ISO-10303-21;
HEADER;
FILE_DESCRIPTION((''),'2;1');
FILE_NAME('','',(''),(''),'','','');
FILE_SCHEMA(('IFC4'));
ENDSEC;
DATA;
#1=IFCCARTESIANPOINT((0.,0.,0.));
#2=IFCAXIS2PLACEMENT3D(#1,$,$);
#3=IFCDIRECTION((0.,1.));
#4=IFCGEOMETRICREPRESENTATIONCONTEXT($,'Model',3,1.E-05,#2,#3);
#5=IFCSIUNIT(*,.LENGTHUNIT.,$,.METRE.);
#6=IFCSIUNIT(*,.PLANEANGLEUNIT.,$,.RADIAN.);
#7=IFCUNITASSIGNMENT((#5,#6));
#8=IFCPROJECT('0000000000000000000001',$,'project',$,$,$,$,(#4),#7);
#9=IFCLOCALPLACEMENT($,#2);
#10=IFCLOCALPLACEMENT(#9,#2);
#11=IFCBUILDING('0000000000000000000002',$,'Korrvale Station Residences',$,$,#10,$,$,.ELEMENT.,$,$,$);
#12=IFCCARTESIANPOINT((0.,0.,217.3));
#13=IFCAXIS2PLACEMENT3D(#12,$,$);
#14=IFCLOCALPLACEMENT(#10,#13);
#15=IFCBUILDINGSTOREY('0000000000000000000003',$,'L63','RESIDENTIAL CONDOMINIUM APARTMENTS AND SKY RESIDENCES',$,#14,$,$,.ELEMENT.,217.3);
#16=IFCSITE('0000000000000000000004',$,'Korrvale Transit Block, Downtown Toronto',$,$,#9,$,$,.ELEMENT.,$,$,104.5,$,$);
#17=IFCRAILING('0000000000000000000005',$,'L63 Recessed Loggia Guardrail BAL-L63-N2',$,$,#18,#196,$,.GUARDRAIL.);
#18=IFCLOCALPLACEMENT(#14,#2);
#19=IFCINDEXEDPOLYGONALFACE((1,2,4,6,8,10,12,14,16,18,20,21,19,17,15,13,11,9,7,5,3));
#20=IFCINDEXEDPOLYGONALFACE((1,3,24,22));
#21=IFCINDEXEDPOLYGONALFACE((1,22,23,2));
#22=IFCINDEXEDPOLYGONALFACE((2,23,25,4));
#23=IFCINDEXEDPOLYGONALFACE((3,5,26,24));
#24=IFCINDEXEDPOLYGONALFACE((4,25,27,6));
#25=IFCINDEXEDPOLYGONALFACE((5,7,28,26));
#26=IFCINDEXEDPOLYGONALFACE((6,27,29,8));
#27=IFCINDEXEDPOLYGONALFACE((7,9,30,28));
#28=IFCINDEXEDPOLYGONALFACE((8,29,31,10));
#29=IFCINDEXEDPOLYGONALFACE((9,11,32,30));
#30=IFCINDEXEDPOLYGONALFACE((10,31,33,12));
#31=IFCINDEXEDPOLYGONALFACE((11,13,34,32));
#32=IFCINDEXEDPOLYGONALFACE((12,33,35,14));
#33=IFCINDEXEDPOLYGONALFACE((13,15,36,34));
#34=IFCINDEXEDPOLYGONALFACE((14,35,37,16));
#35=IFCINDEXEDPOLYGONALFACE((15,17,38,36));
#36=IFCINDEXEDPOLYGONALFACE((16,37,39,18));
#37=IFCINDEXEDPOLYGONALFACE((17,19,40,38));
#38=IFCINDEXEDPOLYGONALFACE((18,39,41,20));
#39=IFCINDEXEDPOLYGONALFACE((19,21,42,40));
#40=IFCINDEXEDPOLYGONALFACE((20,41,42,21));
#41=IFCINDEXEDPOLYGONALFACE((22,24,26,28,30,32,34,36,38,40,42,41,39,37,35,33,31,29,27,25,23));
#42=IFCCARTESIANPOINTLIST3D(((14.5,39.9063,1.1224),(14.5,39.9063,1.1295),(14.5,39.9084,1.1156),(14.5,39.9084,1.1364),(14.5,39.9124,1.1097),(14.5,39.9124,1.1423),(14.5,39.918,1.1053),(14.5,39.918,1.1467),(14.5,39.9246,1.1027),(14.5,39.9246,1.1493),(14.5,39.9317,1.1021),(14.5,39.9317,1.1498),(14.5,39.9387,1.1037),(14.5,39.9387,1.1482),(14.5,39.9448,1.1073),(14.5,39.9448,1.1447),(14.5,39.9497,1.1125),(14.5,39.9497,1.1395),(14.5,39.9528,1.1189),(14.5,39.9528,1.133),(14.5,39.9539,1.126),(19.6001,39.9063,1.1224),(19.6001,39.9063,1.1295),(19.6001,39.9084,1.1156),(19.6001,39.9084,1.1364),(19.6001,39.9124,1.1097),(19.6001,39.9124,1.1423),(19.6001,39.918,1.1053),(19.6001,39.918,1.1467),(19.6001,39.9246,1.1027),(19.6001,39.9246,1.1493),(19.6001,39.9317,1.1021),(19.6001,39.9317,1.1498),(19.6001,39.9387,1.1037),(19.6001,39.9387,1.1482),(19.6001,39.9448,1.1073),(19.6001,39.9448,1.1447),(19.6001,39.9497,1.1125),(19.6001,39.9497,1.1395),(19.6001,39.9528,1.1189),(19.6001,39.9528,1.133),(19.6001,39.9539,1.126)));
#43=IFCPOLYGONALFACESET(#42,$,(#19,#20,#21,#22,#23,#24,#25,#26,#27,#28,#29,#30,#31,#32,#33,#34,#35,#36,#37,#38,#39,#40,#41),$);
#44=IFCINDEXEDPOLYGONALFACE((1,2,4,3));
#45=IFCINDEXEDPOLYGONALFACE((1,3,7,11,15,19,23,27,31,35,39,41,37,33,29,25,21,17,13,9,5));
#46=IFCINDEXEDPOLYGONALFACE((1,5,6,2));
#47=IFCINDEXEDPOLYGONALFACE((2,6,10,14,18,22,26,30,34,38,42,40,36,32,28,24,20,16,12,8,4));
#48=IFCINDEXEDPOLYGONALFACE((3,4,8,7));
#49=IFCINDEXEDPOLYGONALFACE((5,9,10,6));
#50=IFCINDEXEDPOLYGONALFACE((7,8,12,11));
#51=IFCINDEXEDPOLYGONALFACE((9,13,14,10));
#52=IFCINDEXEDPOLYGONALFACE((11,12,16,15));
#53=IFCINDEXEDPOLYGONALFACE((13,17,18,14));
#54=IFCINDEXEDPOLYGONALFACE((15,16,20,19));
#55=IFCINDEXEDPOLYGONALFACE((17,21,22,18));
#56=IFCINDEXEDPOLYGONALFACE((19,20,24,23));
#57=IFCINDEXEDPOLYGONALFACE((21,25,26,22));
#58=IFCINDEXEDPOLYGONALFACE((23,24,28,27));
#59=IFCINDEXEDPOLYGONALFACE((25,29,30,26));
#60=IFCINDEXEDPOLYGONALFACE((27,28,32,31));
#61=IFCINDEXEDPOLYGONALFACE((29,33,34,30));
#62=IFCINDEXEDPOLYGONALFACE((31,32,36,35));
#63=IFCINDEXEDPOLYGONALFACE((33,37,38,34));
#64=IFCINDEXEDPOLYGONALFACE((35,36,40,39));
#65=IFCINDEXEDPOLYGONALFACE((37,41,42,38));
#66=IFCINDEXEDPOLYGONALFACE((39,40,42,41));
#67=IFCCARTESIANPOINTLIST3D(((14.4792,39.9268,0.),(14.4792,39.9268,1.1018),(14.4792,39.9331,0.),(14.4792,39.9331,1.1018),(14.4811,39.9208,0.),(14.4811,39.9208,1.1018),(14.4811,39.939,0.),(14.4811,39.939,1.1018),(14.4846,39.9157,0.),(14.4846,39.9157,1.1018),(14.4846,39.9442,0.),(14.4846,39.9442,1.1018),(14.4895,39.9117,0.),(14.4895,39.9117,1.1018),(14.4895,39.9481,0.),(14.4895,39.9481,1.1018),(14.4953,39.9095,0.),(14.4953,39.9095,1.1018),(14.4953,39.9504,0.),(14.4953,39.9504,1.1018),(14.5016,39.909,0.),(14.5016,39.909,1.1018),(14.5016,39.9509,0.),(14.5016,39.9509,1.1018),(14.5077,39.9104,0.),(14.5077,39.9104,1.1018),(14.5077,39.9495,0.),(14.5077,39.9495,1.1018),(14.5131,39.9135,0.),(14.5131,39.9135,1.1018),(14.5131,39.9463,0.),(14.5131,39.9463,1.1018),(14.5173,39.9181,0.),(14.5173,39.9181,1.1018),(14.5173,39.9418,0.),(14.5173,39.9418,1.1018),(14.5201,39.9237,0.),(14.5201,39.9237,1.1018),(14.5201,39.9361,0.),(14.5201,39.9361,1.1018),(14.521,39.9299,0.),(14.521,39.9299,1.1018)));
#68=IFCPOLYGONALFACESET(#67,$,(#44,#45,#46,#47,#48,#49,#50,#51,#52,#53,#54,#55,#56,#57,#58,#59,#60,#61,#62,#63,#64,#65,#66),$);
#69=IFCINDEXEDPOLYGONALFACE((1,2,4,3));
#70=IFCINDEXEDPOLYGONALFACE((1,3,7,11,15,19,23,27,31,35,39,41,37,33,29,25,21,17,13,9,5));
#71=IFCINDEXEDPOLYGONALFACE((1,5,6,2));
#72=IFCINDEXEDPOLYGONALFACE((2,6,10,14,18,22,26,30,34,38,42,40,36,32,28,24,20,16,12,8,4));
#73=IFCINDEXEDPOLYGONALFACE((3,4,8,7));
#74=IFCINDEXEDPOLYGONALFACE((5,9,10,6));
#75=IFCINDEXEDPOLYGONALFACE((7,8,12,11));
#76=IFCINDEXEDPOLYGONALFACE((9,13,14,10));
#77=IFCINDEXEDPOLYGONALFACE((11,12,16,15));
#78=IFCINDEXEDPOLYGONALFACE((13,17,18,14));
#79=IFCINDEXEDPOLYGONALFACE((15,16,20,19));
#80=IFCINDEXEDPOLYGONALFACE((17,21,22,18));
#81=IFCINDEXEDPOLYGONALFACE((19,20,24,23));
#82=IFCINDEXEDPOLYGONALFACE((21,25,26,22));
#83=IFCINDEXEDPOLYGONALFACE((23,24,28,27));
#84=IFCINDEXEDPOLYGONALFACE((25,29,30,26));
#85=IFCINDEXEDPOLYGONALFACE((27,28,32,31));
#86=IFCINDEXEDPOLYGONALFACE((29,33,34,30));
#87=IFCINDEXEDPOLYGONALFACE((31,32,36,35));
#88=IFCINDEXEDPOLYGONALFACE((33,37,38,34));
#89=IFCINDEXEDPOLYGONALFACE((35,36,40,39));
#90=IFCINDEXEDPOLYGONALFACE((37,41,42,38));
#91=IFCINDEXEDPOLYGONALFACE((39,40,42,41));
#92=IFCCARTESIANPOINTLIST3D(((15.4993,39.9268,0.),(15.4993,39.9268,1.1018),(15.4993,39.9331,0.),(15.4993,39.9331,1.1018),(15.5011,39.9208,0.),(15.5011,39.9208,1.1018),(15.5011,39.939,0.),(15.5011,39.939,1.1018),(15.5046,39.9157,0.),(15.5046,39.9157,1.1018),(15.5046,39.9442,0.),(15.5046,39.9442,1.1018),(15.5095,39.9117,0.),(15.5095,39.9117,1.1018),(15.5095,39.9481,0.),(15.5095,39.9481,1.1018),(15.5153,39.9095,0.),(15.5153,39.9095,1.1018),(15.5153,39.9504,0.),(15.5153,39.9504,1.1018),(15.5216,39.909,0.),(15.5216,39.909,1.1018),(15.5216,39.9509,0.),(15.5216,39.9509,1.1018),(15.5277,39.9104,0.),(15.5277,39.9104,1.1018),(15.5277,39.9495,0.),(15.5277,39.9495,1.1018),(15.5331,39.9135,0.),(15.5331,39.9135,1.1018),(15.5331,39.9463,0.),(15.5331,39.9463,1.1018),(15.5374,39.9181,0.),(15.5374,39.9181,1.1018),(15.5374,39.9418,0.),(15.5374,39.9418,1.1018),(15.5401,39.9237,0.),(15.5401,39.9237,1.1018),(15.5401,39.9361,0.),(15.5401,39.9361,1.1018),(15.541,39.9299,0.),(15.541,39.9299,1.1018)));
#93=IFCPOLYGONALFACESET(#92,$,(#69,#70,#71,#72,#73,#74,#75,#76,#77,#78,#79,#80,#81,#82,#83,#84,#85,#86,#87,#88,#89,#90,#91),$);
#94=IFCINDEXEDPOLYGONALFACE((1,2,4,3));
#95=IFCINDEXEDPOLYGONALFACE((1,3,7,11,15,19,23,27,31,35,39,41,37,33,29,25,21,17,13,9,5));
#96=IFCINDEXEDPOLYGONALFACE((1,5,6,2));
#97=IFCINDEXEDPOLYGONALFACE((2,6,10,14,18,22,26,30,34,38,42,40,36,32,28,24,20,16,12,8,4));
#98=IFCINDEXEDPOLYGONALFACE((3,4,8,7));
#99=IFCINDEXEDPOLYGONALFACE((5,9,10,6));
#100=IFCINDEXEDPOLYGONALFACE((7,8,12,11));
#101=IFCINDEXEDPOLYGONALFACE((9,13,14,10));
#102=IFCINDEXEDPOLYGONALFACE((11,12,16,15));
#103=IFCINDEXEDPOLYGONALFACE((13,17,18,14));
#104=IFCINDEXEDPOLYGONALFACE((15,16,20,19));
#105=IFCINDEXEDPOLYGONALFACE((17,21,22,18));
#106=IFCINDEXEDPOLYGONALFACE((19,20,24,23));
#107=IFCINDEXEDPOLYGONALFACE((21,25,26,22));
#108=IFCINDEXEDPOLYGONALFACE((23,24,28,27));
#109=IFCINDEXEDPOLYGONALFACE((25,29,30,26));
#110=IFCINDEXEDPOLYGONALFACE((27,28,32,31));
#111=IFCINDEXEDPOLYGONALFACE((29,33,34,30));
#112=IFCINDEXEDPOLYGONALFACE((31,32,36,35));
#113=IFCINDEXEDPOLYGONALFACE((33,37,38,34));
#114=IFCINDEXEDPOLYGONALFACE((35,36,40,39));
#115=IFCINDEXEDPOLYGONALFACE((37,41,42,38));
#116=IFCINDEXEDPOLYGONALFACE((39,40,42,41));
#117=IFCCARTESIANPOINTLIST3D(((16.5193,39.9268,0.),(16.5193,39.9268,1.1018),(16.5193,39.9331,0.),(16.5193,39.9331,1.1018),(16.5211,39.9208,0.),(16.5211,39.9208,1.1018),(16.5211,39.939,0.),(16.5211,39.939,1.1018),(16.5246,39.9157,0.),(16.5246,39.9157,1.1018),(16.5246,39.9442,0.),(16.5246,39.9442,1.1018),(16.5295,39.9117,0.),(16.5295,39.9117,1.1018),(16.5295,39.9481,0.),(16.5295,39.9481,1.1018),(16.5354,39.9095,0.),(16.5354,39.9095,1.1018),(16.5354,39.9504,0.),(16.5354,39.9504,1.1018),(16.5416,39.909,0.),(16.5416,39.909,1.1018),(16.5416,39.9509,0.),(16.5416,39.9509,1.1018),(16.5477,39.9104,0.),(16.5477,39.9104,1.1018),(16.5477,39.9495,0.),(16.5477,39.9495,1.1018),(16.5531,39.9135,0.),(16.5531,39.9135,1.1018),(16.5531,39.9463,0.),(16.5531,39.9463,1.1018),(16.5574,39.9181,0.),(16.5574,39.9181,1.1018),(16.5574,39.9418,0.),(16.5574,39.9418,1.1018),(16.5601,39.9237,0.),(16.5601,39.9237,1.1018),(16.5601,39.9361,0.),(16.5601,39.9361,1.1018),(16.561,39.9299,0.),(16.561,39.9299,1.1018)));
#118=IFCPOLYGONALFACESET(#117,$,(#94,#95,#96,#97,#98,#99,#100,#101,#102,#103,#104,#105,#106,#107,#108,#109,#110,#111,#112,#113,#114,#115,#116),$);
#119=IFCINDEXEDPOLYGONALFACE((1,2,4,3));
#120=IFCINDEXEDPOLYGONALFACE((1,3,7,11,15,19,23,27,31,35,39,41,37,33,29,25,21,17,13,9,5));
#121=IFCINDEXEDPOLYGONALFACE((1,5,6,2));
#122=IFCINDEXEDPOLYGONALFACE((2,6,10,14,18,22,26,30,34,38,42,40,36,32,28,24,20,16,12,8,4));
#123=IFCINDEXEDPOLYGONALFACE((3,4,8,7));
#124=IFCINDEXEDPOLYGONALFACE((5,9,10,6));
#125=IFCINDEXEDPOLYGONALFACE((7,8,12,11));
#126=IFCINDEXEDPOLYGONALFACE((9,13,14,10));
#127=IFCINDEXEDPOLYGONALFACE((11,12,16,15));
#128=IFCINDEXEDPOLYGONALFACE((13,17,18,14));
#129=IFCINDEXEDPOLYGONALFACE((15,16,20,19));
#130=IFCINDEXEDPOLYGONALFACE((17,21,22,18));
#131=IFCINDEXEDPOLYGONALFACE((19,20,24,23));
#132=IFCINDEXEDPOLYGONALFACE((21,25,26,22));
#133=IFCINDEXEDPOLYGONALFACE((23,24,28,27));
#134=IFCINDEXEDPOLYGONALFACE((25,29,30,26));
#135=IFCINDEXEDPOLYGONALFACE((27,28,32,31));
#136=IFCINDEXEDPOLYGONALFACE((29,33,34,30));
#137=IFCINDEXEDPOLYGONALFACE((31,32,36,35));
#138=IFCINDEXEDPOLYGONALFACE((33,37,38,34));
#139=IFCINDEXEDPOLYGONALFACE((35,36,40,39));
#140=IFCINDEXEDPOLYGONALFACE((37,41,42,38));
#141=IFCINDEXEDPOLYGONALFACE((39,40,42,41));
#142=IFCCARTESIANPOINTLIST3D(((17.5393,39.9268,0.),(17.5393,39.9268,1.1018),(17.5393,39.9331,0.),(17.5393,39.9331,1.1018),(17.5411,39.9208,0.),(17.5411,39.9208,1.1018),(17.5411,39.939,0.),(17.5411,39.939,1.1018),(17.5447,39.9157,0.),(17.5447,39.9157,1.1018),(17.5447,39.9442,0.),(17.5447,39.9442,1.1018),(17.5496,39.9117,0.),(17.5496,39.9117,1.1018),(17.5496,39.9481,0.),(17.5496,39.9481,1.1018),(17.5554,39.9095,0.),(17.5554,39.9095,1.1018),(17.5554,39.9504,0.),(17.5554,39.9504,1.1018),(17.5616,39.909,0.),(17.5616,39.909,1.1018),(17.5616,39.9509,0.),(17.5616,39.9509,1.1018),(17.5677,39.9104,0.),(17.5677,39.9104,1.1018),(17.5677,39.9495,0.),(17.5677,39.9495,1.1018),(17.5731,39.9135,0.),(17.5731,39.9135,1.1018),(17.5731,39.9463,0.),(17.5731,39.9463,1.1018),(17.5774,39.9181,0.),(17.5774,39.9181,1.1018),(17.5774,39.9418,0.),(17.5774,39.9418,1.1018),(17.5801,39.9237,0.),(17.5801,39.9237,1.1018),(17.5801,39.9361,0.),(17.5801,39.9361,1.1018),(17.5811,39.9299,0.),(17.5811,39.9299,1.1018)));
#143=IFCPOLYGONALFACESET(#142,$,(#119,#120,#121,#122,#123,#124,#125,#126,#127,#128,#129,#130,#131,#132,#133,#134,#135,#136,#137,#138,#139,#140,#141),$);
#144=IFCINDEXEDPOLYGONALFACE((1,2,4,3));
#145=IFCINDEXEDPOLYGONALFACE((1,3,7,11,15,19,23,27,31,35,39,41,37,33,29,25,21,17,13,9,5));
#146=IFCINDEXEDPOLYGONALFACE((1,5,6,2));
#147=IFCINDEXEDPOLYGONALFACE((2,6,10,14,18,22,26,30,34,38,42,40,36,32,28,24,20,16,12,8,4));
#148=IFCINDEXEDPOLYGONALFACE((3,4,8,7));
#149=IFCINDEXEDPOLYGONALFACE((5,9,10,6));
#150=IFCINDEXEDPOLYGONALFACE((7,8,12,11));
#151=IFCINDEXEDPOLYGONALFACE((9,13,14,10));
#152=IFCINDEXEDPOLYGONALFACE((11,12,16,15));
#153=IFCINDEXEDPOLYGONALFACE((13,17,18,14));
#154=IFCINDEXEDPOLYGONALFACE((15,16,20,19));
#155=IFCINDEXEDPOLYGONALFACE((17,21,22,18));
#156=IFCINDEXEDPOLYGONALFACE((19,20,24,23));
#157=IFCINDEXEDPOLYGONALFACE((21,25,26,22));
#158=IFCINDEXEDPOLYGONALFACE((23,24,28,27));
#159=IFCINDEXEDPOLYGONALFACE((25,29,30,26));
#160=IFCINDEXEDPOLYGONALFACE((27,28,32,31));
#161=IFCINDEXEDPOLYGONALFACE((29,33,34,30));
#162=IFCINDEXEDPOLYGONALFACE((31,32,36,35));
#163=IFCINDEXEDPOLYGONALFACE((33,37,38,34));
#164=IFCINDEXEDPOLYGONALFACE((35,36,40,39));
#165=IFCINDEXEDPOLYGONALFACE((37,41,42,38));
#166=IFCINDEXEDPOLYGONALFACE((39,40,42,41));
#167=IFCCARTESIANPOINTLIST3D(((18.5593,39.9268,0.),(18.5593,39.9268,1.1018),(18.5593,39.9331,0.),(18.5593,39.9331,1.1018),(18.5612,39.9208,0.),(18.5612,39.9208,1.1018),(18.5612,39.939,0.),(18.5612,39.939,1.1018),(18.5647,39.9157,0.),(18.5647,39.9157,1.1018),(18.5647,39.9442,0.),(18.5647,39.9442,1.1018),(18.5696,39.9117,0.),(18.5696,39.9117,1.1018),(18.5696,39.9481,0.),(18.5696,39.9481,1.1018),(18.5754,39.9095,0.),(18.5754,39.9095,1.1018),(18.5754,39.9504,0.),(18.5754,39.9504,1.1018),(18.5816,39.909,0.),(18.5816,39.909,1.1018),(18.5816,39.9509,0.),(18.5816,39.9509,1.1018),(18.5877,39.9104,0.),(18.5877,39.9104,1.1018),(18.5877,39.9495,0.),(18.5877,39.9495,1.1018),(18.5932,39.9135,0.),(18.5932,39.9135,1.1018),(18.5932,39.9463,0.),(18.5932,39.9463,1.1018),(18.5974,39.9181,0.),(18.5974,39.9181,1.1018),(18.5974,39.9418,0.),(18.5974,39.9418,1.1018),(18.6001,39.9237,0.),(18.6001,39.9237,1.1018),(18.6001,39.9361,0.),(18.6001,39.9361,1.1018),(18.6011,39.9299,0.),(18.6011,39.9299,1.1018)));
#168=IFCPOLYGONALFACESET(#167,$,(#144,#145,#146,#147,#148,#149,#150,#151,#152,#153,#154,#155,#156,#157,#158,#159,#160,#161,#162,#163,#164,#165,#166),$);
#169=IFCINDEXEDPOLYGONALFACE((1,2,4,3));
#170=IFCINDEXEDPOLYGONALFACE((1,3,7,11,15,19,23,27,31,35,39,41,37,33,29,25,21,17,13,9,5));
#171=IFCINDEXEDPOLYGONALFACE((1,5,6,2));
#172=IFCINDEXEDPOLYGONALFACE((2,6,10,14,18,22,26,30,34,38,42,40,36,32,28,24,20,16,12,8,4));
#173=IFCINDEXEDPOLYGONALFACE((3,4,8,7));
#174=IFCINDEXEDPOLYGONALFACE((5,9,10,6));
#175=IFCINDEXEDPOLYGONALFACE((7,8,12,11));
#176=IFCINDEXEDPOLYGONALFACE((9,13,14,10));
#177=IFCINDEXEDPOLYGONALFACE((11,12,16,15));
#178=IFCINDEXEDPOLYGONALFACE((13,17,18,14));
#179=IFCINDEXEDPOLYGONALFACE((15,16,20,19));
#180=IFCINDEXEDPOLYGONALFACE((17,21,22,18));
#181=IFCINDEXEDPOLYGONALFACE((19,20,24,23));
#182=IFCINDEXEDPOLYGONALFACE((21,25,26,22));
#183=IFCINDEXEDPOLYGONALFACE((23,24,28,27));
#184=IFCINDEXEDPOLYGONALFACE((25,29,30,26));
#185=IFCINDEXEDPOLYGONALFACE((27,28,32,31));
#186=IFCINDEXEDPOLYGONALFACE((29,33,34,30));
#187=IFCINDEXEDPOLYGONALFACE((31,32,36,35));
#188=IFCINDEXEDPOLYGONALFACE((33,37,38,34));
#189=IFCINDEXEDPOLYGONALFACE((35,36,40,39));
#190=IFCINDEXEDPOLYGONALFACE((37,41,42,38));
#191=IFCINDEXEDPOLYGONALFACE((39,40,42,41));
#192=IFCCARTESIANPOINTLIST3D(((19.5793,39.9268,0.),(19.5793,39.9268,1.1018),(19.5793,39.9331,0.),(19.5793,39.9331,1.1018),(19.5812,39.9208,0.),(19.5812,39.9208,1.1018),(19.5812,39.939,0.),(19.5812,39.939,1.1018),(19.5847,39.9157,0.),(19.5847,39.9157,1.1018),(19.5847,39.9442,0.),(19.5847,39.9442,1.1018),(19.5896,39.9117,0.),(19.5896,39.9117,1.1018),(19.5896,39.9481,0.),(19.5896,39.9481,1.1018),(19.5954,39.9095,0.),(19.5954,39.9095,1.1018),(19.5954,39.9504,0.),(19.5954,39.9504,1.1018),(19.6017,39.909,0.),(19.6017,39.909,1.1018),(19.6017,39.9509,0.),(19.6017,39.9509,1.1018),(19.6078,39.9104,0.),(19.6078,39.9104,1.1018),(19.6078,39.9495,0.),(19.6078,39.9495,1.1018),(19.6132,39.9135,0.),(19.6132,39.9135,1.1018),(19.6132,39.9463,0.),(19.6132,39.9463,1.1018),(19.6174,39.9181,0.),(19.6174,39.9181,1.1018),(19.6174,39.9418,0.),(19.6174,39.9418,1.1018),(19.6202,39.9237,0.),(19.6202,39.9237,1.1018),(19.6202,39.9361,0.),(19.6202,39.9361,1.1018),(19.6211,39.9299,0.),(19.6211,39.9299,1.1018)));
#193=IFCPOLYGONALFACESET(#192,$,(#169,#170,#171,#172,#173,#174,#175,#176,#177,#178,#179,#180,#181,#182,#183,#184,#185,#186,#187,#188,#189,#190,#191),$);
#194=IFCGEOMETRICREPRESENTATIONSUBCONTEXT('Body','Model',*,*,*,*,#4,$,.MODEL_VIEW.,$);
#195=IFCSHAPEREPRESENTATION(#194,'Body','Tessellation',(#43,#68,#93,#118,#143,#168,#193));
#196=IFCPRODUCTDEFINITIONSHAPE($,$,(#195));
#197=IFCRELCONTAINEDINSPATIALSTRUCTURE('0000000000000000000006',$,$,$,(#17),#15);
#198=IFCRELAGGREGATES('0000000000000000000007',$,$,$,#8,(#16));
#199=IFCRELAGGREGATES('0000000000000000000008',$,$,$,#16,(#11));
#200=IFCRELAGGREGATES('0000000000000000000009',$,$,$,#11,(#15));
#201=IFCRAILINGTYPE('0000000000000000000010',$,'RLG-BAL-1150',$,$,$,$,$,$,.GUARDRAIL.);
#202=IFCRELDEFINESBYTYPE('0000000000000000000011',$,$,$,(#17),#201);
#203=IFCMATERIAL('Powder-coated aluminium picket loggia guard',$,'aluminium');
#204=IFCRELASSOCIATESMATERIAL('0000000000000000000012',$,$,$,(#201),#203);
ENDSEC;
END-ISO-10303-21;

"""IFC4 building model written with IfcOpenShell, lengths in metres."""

from ifc_helpers import new_model, si_unit, direction, frame, origin, origin_2d, place, context, subcontext, project, spatial, circle, extrude, material, type_object, element, save


model = new_model("IFC4")

# Units and contexts
model_context = context("Model", 3, precision=1e-05, world=origin(), true_north=direction((0.0, 1.0)))
body_context = subcontext(model_context, "Body", "Model", "MODEL_VIEW")
ifc_project = project(units=[si_unit("LENGTHUNIT", "METRE"), si_unit("PLANEANGLEUNIT", "RADIAN")], contexts=[model_context])

# Site, building, storey
site_placement = place(None, origin())
site = spatial("IfcSite", under=ifc_project, at=site_placement, Name="Korrvale Transit Block, Downtown Toronto", CompositionType="ELEMENT", RefElevation=104.5)
building_placement = place(site_placement, origin())
building = spatial("IfcBuilding", under=site, at=building_placement, Name="Korrvale Station Residences", CompositionType="ELEMENT")
storey_placement = place(building_placement, frame((0.0, 0.0, 217.3)))
storey = spatial("IfcBuildingStorey", under=building, at=storey_placement, Name="L63", Description="RESIDENTIAL CONDOMINIUM APARTMENTS AND SKY RESIDENCES", CompositionType="ELEMENT", Elevation=217.3)

# Railing
ifc_material_1 = material(Name="Powder-coated aluminium picket loggia guard", Category="aluminium")
railing_type = type_object("IfcRailingType", Name="RLG-BAL-1150", PredefinedType="GUARDRAIL", material=ifc_material_1)
railing_placement = place(storey_placement, frame((14.5, 39.9299, 0.0)))
element("IfcRailing", 1, at=railing_placement, inside=storey, type_object=railing_type, Name="L63 Recessed Loggia Guardrail BAL-L63-N2", PredefinedType="GUARDRAIL", context=body_context, shape_type="SweptSolid", body=[
    extrude(circle(Radius=0.0239, at=origin_2d()), frame((0.0, 0.0, 1.126), z_axis=(1.0, 0.0, 0.0), x_axis=(0.0, 1.0, 0.0)), (0.0, 0.0, 1.0), 5.1001),
    extrude(circle(Radius=0.021, at=origin_2d()), origin(), (0.0, 0.0, 1.0), 1.1018),
    extrude(circle(Radius=0.021, at=origin_2d()), frame((1.02, 0.0, 0.0)), (0.0, 0.0, 1.0), 1.1018),
    extrude(circle(Radius=0.021, at=origin_2d()), frame((2.04, 0.0, 0.0)), (0.0, 0.0, 1.0), 1.1018),
    extrude(circle(Radius=0.021, at=origin_2d()), frame((3.0601, 0.0, 0.0)), (0.0, 0.0, 1.0), 1.1018),
    extrude(circle(Radius=0.021, at=origin_2d()), frame((4.0801, 0.0, 0.0)), (0.0, 0.0, 1.0), 1.1018),
    extrude(circle(Radius=0.021, at=origin_2d()), frame((5.1001, 0.0, 0.0)), (0.0, 0.0, 1.0), 1.1018),
])

save(model, "model.ifc")
